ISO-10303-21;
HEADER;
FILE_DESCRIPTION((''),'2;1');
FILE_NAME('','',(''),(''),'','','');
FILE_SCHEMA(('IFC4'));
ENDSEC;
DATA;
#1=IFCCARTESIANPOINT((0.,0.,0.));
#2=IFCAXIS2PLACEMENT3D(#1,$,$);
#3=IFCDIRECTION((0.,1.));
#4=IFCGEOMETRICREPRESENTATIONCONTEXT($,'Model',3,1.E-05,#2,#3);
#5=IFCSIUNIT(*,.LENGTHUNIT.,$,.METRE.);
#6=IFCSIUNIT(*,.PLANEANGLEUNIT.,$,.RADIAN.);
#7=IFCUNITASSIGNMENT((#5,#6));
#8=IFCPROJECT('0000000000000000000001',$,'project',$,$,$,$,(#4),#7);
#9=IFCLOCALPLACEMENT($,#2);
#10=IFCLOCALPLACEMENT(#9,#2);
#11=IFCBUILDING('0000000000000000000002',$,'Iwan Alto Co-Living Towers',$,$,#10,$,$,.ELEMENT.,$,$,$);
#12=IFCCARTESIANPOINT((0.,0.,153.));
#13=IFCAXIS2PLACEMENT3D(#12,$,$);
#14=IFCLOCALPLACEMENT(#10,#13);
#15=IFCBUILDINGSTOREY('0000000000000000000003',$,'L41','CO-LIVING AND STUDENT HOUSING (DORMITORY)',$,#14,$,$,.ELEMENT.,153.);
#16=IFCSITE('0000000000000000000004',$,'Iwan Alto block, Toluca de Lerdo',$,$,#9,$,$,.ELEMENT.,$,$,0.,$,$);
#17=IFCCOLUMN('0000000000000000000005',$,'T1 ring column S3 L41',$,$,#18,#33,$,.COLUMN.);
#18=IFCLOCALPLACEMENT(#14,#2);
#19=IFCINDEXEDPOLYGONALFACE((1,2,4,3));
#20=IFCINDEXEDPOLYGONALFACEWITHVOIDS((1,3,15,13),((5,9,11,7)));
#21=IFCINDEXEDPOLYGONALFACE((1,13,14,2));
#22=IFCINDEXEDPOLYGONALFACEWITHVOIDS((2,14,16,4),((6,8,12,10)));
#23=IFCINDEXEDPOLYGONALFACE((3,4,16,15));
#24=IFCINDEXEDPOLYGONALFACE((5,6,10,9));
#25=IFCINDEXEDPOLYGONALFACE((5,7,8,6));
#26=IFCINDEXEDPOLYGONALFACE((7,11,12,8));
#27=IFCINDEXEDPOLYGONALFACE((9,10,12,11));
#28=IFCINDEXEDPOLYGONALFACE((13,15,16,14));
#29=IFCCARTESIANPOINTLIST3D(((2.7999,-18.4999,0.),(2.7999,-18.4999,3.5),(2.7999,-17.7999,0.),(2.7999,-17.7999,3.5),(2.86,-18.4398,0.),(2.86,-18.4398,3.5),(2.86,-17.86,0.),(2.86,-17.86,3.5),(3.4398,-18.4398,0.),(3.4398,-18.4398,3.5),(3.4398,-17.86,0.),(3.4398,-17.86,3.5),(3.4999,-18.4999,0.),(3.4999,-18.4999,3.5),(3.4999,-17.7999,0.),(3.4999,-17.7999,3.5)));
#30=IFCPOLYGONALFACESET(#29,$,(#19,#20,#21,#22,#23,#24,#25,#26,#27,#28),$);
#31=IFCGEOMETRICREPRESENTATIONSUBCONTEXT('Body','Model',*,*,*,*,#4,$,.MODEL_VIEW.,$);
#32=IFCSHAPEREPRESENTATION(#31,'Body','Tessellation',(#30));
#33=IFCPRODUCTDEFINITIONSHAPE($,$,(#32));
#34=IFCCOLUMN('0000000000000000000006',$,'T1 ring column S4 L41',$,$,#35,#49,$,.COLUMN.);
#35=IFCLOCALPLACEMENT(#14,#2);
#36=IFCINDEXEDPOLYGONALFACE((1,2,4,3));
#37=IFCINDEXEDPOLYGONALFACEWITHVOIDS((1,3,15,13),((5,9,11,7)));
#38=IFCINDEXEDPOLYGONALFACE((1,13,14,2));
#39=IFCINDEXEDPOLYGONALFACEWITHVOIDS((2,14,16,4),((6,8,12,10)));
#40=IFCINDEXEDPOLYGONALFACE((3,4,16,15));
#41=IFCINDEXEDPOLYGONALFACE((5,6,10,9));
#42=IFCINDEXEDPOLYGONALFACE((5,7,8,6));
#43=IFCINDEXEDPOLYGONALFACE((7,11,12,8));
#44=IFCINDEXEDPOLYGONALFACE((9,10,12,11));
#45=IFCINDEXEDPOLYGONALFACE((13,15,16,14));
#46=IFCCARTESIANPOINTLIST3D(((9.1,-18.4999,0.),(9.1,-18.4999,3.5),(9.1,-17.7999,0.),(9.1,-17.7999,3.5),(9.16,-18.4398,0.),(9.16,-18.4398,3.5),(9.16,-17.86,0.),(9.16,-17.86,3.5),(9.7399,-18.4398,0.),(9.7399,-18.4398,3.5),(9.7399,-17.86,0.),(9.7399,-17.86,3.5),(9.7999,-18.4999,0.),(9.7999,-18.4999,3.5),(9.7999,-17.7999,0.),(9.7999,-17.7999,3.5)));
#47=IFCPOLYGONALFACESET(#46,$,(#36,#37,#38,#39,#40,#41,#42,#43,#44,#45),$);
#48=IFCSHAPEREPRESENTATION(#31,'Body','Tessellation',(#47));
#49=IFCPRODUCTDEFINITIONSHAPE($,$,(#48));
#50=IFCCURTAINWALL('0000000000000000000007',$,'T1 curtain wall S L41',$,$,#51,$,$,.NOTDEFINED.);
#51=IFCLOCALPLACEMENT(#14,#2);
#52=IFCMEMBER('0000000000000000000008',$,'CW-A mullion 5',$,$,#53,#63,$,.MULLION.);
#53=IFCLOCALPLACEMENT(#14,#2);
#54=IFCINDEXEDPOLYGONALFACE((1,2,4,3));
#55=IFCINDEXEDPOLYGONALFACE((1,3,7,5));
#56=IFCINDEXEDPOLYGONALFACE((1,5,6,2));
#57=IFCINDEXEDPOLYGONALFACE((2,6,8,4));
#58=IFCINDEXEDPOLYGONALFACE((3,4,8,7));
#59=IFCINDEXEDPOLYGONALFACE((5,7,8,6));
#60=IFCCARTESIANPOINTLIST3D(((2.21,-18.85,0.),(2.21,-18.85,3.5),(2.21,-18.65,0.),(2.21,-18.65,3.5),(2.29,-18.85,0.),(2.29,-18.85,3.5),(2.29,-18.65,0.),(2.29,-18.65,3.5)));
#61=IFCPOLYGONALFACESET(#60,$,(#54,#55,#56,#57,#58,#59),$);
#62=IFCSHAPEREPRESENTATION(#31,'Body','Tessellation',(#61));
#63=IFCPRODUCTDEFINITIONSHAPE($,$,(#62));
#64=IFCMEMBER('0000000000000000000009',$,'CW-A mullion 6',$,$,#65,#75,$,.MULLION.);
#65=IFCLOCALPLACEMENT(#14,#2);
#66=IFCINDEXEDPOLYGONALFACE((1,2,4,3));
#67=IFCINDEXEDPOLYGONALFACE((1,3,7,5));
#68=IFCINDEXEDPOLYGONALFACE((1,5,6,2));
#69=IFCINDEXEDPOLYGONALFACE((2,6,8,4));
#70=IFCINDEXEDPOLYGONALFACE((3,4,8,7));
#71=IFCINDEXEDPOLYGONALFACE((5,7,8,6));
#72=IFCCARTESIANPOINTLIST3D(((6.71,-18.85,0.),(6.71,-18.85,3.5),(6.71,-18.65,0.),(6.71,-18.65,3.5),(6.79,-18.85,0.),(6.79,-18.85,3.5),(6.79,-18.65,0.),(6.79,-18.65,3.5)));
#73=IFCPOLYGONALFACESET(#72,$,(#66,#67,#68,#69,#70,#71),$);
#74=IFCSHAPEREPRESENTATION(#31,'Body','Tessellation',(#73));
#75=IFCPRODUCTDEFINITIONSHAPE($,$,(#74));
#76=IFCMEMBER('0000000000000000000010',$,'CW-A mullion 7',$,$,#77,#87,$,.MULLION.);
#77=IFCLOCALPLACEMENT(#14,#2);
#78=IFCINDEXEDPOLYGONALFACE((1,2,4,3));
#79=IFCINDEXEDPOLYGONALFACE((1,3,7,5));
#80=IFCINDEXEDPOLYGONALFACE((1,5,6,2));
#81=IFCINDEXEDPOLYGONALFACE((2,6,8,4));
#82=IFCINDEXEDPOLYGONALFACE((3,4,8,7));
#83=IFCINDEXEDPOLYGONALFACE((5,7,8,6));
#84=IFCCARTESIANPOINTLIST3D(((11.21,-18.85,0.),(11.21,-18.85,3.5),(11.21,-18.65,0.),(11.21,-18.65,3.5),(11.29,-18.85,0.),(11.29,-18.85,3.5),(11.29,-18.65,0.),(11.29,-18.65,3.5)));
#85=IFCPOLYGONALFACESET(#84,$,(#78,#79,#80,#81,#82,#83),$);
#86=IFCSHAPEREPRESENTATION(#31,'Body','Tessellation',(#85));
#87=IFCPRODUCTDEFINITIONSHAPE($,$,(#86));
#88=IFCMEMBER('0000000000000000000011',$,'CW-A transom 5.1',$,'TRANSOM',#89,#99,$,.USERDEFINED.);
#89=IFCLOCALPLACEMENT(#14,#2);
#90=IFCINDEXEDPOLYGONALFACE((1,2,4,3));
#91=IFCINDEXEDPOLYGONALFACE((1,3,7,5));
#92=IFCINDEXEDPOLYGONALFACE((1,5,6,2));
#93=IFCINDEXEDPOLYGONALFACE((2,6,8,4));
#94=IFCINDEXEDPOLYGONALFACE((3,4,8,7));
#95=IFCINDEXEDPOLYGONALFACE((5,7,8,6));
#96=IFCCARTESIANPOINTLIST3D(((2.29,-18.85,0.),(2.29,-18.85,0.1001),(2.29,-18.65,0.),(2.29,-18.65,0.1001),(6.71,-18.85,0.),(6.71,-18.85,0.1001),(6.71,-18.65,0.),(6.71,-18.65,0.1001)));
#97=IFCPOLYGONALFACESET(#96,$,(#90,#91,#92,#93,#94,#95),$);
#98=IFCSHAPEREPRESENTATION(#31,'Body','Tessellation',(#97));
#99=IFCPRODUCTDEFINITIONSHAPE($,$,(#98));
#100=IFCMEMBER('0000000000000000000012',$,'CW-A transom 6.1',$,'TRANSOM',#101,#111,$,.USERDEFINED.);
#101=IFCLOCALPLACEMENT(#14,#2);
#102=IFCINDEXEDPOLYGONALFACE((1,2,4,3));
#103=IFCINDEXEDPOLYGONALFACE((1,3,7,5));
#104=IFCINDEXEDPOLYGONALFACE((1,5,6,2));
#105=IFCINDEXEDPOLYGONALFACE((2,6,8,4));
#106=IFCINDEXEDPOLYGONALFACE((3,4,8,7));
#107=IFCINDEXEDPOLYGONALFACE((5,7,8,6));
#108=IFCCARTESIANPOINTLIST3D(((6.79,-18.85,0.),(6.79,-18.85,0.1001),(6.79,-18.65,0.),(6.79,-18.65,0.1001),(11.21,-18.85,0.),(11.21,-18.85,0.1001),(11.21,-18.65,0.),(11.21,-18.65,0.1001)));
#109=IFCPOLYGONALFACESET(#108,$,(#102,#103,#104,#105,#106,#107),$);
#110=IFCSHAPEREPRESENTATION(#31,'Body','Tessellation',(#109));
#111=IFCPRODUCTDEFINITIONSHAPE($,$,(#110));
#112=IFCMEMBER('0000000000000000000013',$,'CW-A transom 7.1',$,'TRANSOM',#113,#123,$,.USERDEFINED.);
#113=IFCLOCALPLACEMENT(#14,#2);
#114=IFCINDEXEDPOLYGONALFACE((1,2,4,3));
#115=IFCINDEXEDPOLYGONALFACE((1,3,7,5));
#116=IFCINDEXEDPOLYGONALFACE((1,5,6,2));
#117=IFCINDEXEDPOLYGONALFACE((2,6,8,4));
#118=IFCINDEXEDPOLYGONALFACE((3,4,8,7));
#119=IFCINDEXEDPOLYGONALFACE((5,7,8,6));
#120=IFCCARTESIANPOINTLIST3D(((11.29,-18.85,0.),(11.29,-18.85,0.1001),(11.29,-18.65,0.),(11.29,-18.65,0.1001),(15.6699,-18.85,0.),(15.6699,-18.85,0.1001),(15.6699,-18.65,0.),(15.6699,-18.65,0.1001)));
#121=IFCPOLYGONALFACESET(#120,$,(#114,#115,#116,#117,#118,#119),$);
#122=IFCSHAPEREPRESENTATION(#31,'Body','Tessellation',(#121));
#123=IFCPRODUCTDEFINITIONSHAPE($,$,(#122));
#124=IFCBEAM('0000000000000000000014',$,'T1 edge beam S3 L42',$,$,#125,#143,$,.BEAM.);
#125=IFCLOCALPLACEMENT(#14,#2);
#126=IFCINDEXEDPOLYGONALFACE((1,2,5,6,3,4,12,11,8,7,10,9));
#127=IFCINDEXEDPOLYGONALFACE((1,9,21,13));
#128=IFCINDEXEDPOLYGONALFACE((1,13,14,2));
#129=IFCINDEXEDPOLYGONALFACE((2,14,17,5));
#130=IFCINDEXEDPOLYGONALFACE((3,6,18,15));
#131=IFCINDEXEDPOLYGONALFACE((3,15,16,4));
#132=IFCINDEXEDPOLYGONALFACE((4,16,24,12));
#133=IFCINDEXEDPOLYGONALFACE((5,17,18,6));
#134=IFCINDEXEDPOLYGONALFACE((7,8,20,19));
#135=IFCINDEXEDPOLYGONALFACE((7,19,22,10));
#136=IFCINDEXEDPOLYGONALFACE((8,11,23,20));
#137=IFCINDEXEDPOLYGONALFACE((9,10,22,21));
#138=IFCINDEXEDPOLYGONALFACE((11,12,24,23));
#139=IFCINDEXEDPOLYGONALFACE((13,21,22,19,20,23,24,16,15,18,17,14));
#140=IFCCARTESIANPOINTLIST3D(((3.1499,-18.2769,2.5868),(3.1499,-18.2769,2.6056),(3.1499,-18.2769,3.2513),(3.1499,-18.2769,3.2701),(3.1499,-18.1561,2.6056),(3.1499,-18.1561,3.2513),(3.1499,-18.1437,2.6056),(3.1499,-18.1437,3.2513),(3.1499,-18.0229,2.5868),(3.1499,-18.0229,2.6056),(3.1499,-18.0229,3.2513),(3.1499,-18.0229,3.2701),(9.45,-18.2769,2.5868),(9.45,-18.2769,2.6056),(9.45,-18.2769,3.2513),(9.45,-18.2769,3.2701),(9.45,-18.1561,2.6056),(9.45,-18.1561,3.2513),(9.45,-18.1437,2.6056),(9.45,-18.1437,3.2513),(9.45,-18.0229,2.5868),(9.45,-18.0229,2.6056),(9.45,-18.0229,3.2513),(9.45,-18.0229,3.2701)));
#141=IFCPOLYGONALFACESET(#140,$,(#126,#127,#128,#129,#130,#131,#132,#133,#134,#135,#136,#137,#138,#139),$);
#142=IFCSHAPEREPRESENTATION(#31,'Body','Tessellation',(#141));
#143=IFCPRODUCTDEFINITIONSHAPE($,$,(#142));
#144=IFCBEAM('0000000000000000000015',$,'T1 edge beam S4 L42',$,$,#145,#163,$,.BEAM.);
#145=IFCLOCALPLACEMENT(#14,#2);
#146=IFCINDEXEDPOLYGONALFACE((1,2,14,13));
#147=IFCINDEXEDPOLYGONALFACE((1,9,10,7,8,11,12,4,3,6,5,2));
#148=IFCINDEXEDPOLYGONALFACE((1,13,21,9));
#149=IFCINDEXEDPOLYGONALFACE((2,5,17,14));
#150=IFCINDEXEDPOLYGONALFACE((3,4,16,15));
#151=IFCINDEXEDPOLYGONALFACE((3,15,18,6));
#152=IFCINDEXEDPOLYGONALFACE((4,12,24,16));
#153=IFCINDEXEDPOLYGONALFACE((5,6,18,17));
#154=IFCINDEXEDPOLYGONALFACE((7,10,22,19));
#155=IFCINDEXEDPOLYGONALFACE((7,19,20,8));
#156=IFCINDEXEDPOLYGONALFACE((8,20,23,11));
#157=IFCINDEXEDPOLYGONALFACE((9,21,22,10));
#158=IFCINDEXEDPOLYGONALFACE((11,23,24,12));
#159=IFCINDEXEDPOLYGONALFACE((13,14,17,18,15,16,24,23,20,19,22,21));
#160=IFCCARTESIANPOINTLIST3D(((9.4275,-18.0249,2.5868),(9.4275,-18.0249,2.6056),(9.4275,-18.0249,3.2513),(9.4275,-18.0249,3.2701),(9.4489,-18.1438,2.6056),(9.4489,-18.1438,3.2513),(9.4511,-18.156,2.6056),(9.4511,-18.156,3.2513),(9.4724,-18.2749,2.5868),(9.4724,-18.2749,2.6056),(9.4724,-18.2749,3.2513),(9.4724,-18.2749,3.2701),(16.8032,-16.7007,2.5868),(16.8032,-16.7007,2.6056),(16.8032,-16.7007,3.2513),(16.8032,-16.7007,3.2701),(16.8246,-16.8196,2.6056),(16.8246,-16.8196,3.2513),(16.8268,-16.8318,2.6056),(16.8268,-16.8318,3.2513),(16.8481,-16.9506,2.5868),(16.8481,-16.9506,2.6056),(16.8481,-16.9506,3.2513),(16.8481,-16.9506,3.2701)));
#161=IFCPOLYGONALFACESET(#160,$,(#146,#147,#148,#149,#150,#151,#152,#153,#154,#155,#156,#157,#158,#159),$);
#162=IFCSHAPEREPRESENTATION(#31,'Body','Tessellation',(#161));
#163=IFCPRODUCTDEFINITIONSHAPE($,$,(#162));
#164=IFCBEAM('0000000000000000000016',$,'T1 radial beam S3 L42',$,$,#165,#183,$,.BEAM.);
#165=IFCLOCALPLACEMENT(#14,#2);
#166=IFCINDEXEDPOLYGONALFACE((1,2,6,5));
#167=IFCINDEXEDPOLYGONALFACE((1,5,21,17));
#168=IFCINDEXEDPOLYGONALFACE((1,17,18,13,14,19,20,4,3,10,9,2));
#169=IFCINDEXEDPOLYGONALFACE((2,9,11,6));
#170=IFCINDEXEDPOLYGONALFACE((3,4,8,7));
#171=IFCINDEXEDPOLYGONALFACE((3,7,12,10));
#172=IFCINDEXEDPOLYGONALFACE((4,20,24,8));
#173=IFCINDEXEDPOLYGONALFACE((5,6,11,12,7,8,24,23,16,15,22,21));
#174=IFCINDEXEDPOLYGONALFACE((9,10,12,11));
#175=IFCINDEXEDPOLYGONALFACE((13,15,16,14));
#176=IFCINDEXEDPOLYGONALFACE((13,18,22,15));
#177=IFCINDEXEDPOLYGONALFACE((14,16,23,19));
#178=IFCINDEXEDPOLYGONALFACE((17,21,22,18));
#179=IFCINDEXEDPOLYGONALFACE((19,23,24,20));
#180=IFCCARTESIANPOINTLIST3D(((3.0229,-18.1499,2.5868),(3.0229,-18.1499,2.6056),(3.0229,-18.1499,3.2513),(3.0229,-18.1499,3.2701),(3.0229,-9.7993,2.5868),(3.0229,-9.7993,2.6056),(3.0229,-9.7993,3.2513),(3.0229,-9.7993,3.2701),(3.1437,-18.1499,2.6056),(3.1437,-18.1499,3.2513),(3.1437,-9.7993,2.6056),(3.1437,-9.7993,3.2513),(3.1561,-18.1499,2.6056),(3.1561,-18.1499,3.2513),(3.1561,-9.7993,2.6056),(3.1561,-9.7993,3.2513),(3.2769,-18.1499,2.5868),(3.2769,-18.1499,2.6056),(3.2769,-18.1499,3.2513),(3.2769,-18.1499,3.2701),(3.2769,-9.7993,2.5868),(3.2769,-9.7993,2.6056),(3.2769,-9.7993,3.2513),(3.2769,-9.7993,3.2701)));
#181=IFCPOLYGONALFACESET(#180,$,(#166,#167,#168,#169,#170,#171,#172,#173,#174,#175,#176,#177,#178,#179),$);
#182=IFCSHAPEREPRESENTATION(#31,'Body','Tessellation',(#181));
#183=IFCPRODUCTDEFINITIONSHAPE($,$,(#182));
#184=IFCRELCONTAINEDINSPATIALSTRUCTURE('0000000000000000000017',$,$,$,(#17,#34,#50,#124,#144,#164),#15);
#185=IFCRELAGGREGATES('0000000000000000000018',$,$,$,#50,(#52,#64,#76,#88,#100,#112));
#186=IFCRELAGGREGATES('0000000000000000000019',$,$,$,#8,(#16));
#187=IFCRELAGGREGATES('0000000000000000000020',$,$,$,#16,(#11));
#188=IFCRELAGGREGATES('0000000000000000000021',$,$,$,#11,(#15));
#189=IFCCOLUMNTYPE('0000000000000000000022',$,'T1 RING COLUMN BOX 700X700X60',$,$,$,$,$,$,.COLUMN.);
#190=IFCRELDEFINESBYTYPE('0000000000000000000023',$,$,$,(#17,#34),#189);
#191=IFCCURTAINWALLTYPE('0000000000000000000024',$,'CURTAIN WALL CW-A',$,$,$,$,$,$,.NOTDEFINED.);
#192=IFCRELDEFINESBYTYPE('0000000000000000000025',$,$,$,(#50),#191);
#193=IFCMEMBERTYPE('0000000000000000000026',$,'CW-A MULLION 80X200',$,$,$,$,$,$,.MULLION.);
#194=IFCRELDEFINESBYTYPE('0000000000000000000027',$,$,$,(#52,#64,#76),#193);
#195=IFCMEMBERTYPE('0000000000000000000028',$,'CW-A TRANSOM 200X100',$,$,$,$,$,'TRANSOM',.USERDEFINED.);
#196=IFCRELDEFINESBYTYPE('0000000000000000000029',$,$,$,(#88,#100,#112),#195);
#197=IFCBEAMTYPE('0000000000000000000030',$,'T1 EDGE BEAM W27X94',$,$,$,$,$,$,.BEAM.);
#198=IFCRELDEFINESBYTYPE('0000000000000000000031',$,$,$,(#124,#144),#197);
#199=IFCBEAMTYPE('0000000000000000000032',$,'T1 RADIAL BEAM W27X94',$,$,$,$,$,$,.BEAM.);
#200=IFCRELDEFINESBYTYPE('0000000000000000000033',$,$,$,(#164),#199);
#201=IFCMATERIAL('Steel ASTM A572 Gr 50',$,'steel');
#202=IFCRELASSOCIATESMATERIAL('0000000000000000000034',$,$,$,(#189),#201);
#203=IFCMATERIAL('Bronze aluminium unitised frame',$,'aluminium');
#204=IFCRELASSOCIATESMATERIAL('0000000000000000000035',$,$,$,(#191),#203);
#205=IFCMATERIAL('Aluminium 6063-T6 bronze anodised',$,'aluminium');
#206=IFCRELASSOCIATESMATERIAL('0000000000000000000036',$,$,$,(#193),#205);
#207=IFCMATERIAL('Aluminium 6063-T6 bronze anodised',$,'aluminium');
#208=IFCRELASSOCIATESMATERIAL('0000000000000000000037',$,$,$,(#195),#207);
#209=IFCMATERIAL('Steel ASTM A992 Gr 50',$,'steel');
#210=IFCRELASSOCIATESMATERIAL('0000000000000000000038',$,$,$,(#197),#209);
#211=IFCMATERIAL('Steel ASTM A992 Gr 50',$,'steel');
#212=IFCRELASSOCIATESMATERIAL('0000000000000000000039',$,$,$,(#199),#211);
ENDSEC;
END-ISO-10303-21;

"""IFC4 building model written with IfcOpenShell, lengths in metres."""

from ifc_helpers import new_model, si_unit, direction, frame, origin, origin_2d, place, context, subcontext, project, spatial, rectangle, hollow_rectangle, i_section, extrude, material, material_profile, profile_set, type_object, element, aggregate, save


model = new_model("IFC4")

# Units and contexts
model_context = context("Model", 3, precision=1e-05, world=origin(), true_north=direction((0.0, 1.0)))
body_context = subcontext(model_context, "Body", "Model", "MODEL_VIEW")
ifc_project = project(units=[si_unit("LENGTHUNIT", "METRE"), si_unit("PLANEANGLEUNIT", "RADIAN")], contexts=[model_context])

# Site, building, storey
site_placement = place(None, origin())
site = spatial("IfcSite", under=ifc_project, at=site_placement, Name="Iwan Alto block, Toluca de Lerdo", CompositionType="ELEMENT", RefElevation=0.0)
building_placement = place(site_placement, origin())
building = spatial("IfcBuilding", under=site, at=building_placement, Name="Iwan Alto Co-Living Towers", CompositionType="ELEMENT")
storey_placement = place(building_placement, frame((0.0, 0.0, 153.0)))
storey = spatial("IfcBuildingStorey", under=building, at=storey_placement, Name="L41", Description="CO-LIVING AND STUDENT HOUSING (DORMITORY)", CompositionType="ELEMENT", Elevation=153.0)

# Columns
ifc_material_1 = material(Name="Steel ASTM A572 Gr 50", Category="steel")
ifc_material_profile_1 = material_profile(ifc_material_1, hollow_rectangle(XDim=0.7, YDim=0.7, WallThickness=0.0601, at=origin_2d()), Name="BOX 700X700X60")
ifc_profile_set_1 = profile_set([ifc_material_profile_1], Name="Steel ASTM A572 Gr 50")
column_type = type_object("IfcColumnType", Name="T1 RING COLUMN BOX 700X700X60", PredefinedType="COLUMN", material=ifc_profile_set_1)
for number, where, z_axis, x_axis, name in (
    (1, (3.1499, -18.1499, 0.0), (0.0, 0.0, 1.0), (1.0, 0.0, 0.0), "T1 ring column S3 L41"),
    (2, (9.45, -18.1499, 0.0), (0.0, 0.0, 1.0), (1.0, 0.0, 0.0), "T1 ring column S4 L41"),
):
    element("IfcColumn", number, at=place(storey_placement, frame(where, z_axis=z_axis, x_axis=x_axis)), inside=storey, type_object=column_type, Name=name, PredefinedType="COLUMN", context=body_context, shape_type="SweptSolid", body=[
        extrude(hollow_rectangle(XDim=0.7, YDim=0.7, WallThickness=0.0601, at=origin_2d()), origin(), (0.0, 0.0, 1.0), 3.5),
    ])

# Curtain wall, members
ifc_material_2 = material(Name="Bronze aluminium unitised frame", Category="aluminium")
curtain_wall_type = type_object("IfcCurtainWallType", Name="CURTAIN WALL CW-A", PredefinedType="NOTDEFINED", material=ifc_material_2)
curtain_wall_placement = place(storey_placement, origin())
curtain_wall = element("IfcCurtainWall", 3, at=curtain_wall_placement, inside=storey, type_object=curtain_wall_type, Name="T1 curtain wall S L41", PredefinedType="NOTDEFINED")
ifc_material_3 = material(Name="Aluminium 6063-T6 bronze anodised", Category="aluminium")
ifc_material_profile_2 = material_profile(ifc_material_3, rectangle(XDim=0.2, YDim=0.0801, at=origin_2d()), Name="AL 80X200")
ifc_profile_set_2 = profile_set([ifc_material_profile_2], Name="Aluminium 6063-T6 bronze anodised")
member_type_1 = type_object("IfcMemberType", Name="CW-A MULLION 80X200", PredefinedType="MULLION", material=ifc_profile_set_2)
member_1_placement = place(storey_placement, frame((2.25, -18.75, 0.0), z_axis=(0.0, 0.0, 1.0), x_axis=(0.0, 1.0, 0.0)))
member_1 = element("IfcMember", 4, at=member_1_placement, type_object=member_type_1, Name="CW-A mullion 5", PredefinedType="MULLION", context=body_context, shape_type="SweptSolid", body=[
    extrude(rectangle(XDim=0.2, YDim=0.0801, at=origin_2d()), origin(), (0.0, 0.0, 1.0), 3.5),
])
member_2_placement = place(storey_placement, frame((6.75, -18.75, 0.0), z_axis=(0.0, 0.0, 1.0), x_axis=(0.0, 1.0, 0.0)))
member_2 = element("IfcMember", 5, at=member_2_placement, type_object=member_type_1, Name="CW-A mullion 6", PredefinedType="MULLION", context=body_context, shape_type="SweptSolid", body=[
    extrude(rectangle(XDim=0.2, YDim=0.0801, at=origin_2d()), origin(), (0.0, 0.0, 1.0), 3.5),
])
member_3_placement = place(storey_placement, frame((11.25, -18.75, 0.0), z_axis=(0.0, 0.0, 1.0), x_axis=(0.0, 1.0, 0.0)))
member_3 = element("IfcMember", 6, at=member_3_placement, type_object=member_type_1, Name="CW-A mullion 7", PredefinedType="MULLION", context=body_context, shape_type="SweptSolid", body=[
    extrude(rectangle(XDim=0.2, YDim=0.0801, at=origin_2d()), origin(), (0.0, 0.0, 1.0), 3.5),
])
ifc_material_4 = material(Name="Aluminium 6063-T6 bronze anodised", Category="aluminium")
ifc_material_profile_3 = material_profile(ifc_material_4, rectangle(XDim=0.2, YDim=0.1001, at=origin_2d()), Name="AL 200X100")
ifc_profile_set_3 = profile_set([ifc_material_profile_3], Name="Aluminium 6063-T6 bronze anodised")
member_type_2 = type_object("IfcMemberType", Name="CW-A TRANSOM 200X100", ElementType="TRANSOM", PredefinedType="USERDEFINED", material=ifc_profile_set_3)
member_4_placement = place(storey_placement, frame((2.29, -18.75, 0.05), z_axis=(1.0, 0.0, 0.0), x_axis=(0.0, 1.0, 0.0)))
member_4 = element("IfcMember", 7, at=member_4_placement, type_object=member_type_2, Name="CW-A transom 5.1", ObjectType="TRANSOM", PredefinedType="USERDEFINED", context=body_context, shape_type="SweptSolid", body=[
    extrude(rectangle(XDim=0.2, YDim=0.1001, at=origin_2d()), origin(), (0.0, 0.0, 1.0), 4.4199),
])
member_5_placement = place(storey_placement, frame((6.79, -18.75, 0.05), z_axis=(1.0, 0.0, 0.0), x_axis=(0.0, 1.0, 0.0)))
member_5 = element("IfcMember", 8, at=member_5_placement, type_object=member_type_2, Name="CW-A transom 6.1", ObjectType="TRANSOM", PredefinedType="USERDEFINED", context=body_context, shape_type="SweptSolid", body=[
    extrude(rectangle(XDim=0.2, YDim=0.1001, at=origin_2d()), origin(), (0.0, 0.0, 1.0), 4.4199),
])
member_6_placement = place(storey_placement, frame((11.29, -18.75, 0.05), z_axis=(1.0, 0.0, 0.0), x_axis=(0.0, 1.0, 0.0)))
member_6 = element("IfcMember", 9, at=member_6_placement, type_object=member_type_2, Name="CW-A transom 7.1", ObjectType="TRANSOM", PredefinedType="USERDEFINED", context=body_context, shape_type="SweptSolid", body=[
    extrude(rectangle(XDim=0.2, YDim=0.1001, at=origin_2d()), origin(), (0.0, 0.0, 1.0), 4.3799),
])

# Beams
ifc_material_5 = material(Name="Steel ASTM A992 Gr 50", Category="steel")
ifc_material_profile_4 = material_profile(ifc_material_5, i_section(OverallWidth=0.2539, OverallDepth=0.6833, WebThickness=0.0125, FlangeThickness=0.0188, at=origin_2d()), Name="W27X94")
ifc_profile_set_4 = profile_set([ifc_material_profile_4], Name="Steel ASTM A992 Gr 50")
beam_type_1 = type_object("IfcBeamType", Name="T1 EDGE BEAM W27X94", PredefinedType="BEAM", material=ifc_profile_set_4)
beam_1_placement = place(storey_placement, frame((3.1499, -18.1499, 2.9285), z_axis=(1.0, 0.0, 0.0), x_axis=(0.0, 1.0, 0.0)))
element("IfcBeam", 10, at=beam_1_placement, inside=storey, type_object=beam_type_1, Name="T1 edge beam S3 L42", PredefinedType="BEAM", context=body_context, shape_type="SweptSolid", body=[
    extrude(i_section(OverallWidth=0.2539, OverallDepth=0.6833, WebThickness=0.0125, FlangeThickness=0.0188, at=origin_2d()), origin(), (0.0, 0.0, 1.0), 6.3),
])
beam_2_placement = place(storey_placement, frame((9.45, -18.1499, 2.9285), z_axis=(0.984263, 0.176712, 0.0), x_axis=(-0.176712, 0.984263, 0.0)))
element("IfcBeam", 11, at=beam_2_placement, inside=storey, type_object=beam_type_1, Name="T1 edge beam S4 L42", PredefinedType="BEAM", context=body_context, shape_type="SweptSolid", body=[
    extrude(i_section(OverallWidth=0.2539, OverallDepth=0.6833, WebThickness=0.0125, FlangeThickness=0.0188, at=origin_2d()), origin(), (0.0, 0.0, 1.0), 7.4937),
])
ifc_material_6 = material(Name="Steel ASTM A992 Gr 50", Category="steel")
ifc_material_profile_5 = material_profile(ifc_material_6, i_section(OverallWidth=0.2539, OverallDepth=0.6833, WebThickness=0.0125, FlangeThickness=0.0188, at=origin_2d()), Name="W27X94")
ifc_profile_set_5 = profile_set([ifc_material_profile_5], Name="Steel ASTM A992 Gr 50")
beam_type_2 = type_object("IfcBeamType", Name="T1 RADIAL BEAM W27X94", PredefinedType="BEAM", material=ifc_profile_set_5)
beam_3_placement = place(storey_placement, frame((3.1499, -18.1499, 2.9285), z_axis=(0.0, 1.0, 0.0), x_axis=(-1.0, 0.0, 0.0)))
element("IfcBeam", 12, at=beam_3_placement, inside=storey, type_object=beam_type_2, Name="T1 radial beam S3 L42", PredefinedType="BEAM", context=body_context, shape_type="SweptSolid", body=[
    extrude(i_section(OverallWidth=0.2539, OverallDepth=0.6833, WebThickness=0.0125, FlangeThickness=0.0188, at=origin_2d()), origin(), (0.0, 0.0, 1.0), 8.3506),
])

aggregate(curtain_wall, [member_1, member_2, member_3, member_4, member_5, member_6])

save(model, "model.ifc")
